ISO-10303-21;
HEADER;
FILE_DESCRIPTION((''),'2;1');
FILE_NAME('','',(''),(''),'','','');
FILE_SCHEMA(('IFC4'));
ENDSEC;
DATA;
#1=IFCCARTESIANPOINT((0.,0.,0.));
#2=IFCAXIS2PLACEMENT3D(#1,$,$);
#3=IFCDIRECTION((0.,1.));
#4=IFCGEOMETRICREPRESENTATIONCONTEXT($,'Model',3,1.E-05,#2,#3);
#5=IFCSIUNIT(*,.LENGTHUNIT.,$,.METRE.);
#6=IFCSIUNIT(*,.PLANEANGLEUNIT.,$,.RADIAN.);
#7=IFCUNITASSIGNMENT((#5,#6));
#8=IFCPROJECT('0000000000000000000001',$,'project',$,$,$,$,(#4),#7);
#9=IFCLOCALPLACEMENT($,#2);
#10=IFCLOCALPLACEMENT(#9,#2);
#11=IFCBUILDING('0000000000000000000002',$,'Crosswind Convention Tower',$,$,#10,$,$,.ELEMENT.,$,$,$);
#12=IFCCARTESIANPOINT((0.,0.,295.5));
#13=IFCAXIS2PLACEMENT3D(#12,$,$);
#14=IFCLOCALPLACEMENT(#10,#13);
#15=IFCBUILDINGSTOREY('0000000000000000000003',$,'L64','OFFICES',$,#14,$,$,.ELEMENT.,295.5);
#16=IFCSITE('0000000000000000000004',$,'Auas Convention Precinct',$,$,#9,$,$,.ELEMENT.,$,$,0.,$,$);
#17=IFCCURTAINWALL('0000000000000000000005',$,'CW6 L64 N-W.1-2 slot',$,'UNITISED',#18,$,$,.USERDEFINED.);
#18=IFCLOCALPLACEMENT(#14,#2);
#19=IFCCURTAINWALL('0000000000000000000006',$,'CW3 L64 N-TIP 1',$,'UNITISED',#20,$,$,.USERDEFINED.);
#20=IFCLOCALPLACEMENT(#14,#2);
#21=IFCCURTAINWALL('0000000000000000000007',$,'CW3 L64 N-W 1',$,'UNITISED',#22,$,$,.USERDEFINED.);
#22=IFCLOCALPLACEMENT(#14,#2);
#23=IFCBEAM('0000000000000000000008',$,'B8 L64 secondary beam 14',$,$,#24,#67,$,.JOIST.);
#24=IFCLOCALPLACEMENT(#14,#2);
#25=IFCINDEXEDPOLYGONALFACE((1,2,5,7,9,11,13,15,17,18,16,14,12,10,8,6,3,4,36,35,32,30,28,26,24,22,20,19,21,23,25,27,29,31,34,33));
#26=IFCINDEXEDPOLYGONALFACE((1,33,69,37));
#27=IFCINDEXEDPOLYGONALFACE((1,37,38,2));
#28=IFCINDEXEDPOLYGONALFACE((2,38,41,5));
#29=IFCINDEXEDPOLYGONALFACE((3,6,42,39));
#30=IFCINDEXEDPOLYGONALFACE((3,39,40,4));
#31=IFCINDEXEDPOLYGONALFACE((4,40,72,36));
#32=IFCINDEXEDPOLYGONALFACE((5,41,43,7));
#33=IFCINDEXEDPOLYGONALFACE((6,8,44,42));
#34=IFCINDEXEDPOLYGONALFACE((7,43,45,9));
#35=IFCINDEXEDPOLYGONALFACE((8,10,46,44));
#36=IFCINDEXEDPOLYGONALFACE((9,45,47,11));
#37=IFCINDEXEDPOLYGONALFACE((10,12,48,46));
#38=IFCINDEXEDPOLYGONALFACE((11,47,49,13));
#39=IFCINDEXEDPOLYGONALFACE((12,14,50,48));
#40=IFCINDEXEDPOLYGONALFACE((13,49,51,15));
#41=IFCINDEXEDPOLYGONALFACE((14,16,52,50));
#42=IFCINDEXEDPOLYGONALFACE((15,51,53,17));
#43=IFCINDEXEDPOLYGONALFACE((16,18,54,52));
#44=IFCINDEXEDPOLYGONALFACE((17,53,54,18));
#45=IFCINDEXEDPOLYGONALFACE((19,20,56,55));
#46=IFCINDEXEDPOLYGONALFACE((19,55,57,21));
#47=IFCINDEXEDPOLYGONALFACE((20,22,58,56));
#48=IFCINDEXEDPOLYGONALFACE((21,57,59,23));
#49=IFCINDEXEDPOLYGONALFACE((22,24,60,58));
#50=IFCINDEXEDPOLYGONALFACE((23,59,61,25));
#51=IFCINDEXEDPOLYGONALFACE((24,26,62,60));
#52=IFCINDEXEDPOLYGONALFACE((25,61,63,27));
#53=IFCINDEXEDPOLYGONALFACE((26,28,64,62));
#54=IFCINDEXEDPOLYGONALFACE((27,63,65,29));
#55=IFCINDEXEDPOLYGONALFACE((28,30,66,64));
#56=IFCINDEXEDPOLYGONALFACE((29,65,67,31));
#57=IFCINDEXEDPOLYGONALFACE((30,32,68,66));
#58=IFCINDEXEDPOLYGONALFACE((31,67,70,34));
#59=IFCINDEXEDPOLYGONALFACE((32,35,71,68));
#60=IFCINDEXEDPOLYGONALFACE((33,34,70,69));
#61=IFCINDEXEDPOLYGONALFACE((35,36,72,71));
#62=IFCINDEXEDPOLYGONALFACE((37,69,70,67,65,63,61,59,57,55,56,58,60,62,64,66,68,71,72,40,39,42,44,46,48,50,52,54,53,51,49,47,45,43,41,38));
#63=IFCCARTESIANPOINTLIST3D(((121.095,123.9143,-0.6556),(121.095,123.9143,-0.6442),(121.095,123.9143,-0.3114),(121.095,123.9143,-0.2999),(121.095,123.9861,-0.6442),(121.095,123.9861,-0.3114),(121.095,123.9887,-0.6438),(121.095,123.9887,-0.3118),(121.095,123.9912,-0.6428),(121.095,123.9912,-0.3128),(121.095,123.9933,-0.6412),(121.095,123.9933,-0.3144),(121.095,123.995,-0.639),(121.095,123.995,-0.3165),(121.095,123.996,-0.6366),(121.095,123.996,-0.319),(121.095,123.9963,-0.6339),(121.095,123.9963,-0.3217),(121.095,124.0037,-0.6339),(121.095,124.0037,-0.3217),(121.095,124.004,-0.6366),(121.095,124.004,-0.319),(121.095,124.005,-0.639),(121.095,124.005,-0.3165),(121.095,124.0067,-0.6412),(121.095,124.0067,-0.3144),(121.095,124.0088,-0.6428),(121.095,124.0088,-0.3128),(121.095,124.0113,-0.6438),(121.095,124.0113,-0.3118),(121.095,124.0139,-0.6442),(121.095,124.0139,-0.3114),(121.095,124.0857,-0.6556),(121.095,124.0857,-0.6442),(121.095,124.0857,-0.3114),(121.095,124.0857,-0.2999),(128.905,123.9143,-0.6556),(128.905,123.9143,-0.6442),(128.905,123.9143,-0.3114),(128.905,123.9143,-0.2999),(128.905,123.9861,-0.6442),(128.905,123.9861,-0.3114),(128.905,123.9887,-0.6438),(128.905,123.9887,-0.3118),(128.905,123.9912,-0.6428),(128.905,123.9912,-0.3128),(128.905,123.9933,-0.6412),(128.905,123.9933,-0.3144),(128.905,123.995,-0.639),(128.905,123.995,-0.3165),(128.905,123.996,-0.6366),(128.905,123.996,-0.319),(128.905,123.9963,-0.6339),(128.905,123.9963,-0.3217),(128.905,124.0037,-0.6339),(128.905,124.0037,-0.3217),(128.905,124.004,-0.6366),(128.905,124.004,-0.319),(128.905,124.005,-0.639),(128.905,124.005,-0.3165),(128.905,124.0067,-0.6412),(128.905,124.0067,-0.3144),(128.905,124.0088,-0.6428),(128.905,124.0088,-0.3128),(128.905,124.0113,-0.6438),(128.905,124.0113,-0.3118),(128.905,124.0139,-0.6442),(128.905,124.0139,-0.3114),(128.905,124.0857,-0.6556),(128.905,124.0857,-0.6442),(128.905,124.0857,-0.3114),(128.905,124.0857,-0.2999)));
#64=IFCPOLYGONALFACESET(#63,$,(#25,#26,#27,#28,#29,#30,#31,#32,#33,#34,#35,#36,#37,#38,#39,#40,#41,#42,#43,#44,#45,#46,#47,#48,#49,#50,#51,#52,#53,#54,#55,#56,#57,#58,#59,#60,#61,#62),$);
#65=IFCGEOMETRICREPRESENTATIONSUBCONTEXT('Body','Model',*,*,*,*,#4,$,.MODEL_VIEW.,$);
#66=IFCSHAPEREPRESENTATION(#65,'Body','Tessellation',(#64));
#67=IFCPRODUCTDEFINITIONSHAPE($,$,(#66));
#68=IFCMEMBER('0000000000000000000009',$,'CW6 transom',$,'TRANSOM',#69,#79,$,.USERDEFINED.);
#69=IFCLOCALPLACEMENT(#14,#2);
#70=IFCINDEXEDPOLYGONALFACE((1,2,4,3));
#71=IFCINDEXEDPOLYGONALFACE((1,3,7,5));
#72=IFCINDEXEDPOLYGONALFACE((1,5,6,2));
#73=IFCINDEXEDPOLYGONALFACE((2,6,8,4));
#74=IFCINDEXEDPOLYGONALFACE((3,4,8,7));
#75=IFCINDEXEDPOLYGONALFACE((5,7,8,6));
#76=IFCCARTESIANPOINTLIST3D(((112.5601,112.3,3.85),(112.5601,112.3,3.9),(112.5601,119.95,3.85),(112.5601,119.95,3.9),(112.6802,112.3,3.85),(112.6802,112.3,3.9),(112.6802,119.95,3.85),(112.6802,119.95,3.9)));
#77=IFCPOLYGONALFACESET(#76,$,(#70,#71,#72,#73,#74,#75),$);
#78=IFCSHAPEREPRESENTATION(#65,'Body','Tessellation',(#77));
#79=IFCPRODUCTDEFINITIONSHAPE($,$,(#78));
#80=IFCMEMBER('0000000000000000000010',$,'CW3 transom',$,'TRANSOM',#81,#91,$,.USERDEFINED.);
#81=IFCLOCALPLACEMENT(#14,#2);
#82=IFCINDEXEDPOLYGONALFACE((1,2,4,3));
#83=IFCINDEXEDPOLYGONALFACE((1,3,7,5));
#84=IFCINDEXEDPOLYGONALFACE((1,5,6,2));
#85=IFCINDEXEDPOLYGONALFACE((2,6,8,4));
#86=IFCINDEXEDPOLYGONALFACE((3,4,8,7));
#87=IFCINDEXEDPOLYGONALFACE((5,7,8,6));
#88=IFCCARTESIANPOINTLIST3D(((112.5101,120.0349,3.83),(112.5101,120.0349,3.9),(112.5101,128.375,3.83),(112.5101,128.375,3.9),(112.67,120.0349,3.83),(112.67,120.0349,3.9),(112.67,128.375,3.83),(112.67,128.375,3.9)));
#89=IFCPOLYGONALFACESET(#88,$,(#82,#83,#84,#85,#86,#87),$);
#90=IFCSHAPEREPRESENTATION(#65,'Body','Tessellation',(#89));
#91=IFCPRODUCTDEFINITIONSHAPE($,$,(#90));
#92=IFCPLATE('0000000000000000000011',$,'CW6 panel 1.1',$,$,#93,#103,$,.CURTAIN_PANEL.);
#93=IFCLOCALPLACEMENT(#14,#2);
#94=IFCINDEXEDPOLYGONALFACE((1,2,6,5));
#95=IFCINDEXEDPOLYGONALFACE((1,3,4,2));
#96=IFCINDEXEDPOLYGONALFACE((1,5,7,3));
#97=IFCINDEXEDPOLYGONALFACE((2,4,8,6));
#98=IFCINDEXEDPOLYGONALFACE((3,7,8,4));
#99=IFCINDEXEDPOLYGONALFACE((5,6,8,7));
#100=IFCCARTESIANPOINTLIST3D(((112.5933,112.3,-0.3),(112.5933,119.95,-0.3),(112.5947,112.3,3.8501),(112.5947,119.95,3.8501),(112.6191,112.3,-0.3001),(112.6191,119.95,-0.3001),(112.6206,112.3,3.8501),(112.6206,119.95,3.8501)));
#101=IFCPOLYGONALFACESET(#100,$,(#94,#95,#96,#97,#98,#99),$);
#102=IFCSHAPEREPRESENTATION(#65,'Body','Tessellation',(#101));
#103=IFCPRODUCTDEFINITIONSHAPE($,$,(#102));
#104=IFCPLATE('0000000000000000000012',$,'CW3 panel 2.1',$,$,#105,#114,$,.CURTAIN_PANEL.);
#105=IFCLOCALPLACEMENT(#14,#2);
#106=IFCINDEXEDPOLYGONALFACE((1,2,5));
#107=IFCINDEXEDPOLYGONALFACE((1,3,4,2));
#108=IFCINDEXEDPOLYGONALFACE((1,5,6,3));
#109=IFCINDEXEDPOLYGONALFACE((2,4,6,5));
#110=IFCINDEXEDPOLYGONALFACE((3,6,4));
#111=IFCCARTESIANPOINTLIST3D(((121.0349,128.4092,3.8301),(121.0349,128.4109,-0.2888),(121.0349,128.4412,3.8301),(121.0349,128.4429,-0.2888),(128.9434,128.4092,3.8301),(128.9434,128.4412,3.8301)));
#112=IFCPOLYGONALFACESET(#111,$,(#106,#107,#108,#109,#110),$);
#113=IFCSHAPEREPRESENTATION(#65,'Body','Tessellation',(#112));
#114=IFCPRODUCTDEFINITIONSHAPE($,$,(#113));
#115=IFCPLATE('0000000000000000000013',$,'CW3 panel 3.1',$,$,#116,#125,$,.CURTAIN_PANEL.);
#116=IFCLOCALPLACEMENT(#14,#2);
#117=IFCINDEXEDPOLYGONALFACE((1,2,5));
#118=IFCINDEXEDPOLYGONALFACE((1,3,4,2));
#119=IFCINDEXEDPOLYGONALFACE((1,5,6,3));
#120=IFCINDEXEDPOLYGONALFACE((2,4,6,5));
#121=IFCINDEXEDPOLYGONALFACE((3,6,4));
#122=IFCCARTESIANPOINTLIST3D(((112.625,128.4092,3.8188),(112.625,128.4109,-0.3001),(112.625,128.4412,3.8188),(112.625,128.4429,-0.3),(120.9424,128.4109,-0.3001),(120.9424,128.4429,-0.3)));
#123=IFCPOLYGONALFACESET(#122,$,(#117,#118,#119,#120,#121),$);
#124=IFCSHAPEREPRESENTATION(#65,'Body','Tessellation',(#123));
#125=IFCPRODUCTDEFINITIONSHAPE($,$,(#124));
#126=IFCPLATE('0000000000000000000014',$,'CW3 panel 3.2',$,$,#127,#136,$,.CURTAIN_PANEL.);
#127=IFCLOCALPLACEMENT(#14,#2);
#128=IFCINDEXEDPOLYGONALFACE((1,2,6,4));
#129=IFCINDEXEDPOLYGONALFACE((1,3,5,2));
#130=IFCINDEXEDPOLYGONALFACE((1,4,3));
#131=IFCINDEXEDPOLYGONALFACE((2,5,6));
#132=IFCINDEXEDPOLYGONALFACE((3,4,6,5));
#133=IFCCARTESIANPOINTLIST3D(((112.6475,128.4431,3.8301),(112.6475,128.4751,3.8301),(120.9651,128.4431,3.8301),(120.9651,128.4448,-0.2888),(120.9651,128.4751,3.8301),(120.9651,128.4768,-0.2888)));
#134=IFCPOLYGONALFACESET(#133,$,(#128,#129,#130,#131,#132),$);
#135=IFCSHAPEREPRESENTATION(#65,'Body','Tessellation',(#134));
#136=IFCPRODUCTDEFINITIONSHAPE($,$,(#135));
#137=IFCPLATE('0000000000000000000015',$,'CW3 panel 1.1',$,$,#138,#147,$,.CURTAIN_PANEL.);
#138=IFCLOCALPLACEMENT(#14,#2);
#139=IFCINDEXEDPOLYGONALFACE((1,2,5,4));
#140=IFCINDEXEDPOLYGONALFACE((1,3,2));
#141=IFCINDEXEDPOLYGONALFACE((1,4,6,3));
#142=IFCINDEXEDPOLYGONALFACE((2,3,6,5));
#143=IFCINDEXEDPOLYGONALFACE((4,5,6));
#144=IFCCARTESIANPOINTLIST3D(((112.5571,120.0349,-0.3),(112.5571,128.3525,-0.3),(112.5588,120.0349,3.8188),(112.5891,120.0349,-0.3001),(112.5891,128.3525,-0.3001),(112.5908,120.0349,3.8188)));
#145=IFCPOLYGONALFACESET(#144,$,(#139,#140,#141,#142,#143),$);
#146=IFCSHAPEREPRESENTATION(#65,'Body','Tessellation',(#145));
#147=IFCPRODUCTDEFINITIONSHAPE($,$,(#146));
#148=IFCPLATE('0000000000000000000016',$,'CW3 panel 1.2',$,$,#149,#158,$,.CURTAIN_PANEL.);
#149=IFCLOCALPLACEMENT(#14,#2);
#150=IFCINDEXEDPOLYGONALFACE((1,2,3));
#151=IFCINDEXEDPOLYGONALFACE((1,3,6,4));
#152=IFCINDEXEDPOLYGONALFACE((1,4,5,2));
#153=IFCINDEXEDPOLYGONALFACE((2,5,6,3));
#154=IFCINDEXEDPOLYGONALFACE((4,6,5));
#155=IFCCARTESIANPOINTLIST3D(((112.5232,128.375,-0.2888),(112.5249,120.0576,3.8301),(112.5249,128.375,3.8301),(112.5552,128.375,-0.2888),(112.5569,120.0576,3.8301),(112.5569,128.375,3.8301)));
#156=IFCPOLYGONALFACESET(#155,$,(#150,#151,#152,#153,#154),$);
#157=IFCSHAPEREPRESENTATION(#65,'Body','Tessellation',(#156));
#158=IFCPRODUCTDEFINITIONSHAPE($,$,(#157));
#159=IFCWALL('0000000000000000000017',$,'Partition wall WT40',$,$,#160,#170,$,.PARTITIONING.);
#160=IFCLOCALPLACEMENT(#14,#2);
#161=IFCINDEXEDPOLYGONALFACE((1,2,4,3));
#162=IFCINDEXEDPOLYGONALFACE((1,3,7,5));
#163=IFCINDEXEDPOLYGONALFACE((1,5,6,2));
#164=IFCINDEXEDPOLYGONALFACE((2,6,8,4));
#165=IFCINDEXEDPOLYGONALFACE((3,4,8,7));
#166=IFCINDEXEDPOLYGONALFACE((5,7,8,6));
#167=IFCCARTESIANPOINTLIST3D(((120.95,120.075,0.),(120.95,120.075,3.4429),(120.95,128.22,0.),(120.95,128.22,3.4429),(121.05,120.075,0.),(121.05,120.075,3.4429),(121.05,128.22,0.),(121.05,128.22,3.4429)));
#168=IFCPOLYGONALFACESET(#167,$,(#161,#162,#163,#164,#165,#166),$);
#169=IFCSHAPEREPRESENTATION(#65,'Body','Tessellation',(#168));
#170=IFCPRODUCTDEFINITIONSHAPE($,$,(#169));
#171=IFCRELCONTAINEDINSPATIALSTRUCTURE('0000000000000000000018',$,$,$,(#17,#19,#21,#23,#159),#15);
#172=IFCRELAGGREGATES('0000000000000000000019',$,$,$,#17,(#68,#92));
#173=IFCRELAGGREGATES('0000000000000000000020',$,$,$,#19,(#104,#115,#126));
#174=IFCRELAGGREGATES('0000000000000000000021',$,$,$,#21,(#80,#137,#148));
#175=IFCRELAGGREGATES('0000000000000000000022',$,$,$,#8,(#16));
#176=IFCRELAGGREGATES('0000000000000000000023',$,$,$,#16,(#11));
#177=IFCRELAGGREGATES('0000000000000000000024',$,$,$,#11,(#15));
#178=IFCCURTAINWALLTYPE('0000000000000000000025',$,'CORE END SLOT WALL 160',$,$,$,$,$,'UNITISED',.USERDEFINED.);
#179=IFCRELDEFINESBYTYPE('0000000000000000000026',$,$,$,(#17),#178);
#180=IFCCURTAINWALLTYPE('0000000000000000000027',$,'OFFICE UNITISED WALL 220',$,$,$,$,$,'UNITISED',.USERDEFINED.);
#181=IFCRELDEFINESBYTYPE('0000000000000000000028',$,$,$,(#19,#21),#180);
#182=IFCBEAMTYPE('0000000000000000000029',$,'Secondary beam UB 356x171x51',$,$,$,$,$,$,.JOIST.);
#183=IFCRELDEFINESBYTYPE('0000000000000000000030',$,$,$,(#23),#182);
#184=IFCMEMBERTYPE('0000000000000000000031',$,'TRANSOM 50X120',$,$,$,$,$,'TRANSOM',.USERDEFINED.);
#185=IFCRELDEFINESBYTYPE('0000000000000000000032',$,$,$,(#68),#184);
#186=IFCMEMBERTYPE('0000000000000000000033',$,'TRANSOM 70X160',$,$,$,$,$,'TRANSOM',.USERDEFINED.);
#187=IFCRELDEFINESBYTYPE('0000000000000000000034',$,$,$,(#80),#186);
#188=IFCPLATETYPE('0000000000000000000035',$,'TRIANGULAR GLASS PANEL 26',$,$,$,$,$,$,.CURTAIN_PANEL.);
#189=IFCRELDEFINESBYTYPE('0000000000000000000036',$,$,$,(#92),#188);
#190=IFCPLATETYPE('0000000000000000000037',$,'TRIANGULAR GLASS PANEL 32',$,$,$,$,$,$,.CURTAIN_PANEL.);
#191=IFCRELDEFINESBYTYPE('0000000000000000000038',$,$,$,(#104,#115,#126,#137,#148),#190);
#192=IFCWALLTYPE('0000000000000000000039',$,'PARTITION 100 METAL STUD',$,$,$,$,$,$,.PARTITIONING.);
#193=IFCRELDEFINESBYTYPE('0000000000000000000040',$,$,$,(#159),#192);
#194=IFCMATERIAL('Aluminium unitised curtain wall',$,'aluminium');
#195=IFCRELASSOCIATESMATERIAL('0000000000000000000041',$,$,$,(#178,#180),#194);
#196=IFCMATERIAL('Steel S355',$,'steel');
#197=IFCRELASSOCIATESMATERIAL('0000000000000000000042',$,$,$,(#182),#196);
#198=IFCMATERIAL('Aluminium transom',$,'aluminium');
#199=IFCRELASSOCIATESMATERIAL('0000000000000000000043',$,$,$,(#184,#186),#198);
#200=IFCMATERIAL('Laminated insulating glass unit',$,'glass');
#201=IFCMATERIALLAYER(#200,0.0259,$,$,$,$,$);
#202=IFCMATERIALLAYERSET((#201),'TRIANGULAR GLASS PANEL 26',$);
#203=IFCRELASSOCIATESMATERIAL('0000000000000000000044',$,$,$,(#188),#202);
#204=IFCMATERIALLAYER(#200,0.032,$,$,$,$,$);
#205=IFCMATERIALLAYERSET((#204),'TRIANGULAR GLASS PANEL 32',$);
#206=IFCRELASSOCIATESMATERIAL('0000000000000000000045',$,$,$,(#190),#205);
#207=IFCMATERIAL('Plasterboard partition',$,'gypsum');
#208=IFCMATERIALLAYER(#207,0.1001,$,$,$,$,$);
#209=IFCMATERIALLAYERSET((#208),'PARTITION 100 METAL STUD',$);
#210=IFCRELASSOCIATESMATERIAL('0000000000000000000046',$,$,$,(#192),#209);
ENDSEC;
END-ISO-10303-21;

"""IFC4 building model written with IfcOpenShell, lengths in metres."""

from ifc_helpers import new_model, si_unit, direction, frame, frame_2d, origin, origin_2d, place, context, subcontext, project, spatial, polyline, rectangle, i_section, outline, extrude, material, layer, layer_set, material_profile, profile_set, type_object, element, aggregate, save


model = new_model("IFC4")

# Units and contexts
model_context = context("Model", 3, precision=1e-05, world=origin(), true_north=direction((0.0, 1.0)))
body_context = subcontext(model_context, "Body", "Model", "MODEL_VIEW")
ifc_project = project(units=[si_unit("LENGTHUNIT", "METRE"), si_unit("PLANEANGLEUNIT", "RADIAN")], contexts=[model_context])

# Site, building, storey
site_placement = place(None, origin())
site = spatial("IfcSite", under=ifc_project, at=site_placement, Name="Auas Convention Precinct", CompositionType="ELEMENT", RefElevation=0.0)
building_placement = place(site_placement, origin())
building = spatial("IfcBuilding", under=site, at=building_placement, Name="Crosswind Convention Tower", CompositionType="ELEMENT")
storey_placement = place(building_placement, frame((0.0, 0.0, 295.5)))
storey = spatial("IfcBuildingStorey", under=building, at=storey_placement, Name="L64", Description="OFFICES", CompositionType="ELEMENT", Elevation=295.5)

# Shared definitions
ifc_material_1 = material(Name="Steel S355", Category="steel")

# Curtain walls
ifc_material_2 = material(Name="Aluminium unitised curtain wall", Category="aluminium")
curtain_wall_type_1 = type_object("IfcCurtainWallType", Name="CORE END SLOT WALL 160", ElementType="UNITISED", PredefinedType="USERDEFINED", material=ifc_material_2)
curtain_wall_1_placement = place(storey_placement, origin())
curtain_wall_1 = element("IfcCurtainWall", 1, at=curtain_wall_1_placement, inside=storey, type_object=curtain_wall_type_1, Name="CW6 L64 N-W.1-2 slot", ObjectType="UNITISED", PredefinedType="USERDEFINED")
curtain_wall_type_2 = type_object("IfcCurtainWallType", Name="OFFICE UNITISED WALL 220", ElementType="UNITISED", PredefinedType="USERDEFINED", material=ifc_material_2)
curtain_wall_2_placement = place(storey_placement, origin())
curtain_wall_2 = element("IfcCurtainWall", 2, at=curtain_wall_2_placement, inside=storey, type_object=curtain_wall_type_2, Name="CW3 L64 N-TIP 1", ObjectType="UNITISED", PredefinedType="USERDEFINED")

# Curtain wall
curtain_wall_3_placement = place(storey_placement, origin())
curtain_wall_3 = element("IfcCurtainWall", 3, at=curtain_wall_3_placement, inside=storey, type_object=curtain_wall_type_2, Name="CW3 L64 N-W 1", ObjectType="UNITISED", PredefinedType="USERDEFINED")

# Beam
ifc_material_profile_1 = material_profile(ifc_material_1, i_section(OverallWidth=0.1714, OverallDepth=0.3557, WebThickness=0.0073, FlangeThickness=0.0115, FilletRadius=0.0103, at=origin_2d()), Name="UB 356x171x51")
ifc_profile_set_1 = profile_set([ifc_material_profile_1], Name="Steel S355")
beam_type_1 = type_object("IfcBeamType", Name="Secondary beam UB 356x171x51", PredefinedType="JOIST", material=ifc_profile_set_1)
for number, where, z_axis, x_axis, name in (
    (4, (121.095, 124.0, -0.4778), (1.0, 0.0, 0.0), (0.0, 1.0, 0.0), "B8 L64 secondary beam 14"),
):
    element("IfcBeam", number, at=place(storey_placement, frame(where, z_axis=z_axis, x_axis=x_axis)), inside=storey, type_object=beam_type_1, Name=name, PredefinedType="JOIST", context=body_context, shape_type="SweptSolid", body=[
        extrude(i_section(OverallWidth=0.1714, OverallDepth=0.3557, WebThickness=0.0073, FlangeThickness=0.0115, FilletRadius=0.0103, at=origin_2d()), origin(), (0.0, 0.0, 1.0), 7.8101),
    ])

# Members
ifc_material_3 = material(Name="Aluminium transom", Category="aluminium")
ifc_material_profile_2 = material_profile(ifc_material_3, rectangle(XDim=0.1201, YDim=0.05, at=origin_2d()), Name="AL 120X50")
ifc_profile_set_2 = profile_set([ifc_material_profile_2], Name="Aluminium transom")
member_type_1 = type_object("IfcMemberType", Name="TRANSOM 50X120", ElementType="TRANSOM", PredefinedType="USERDEFINED", material=ifc_profile_set_2)
member_1_placement = place(storey_placement, frame((112.6201, 119.95, 3.875), z_axis=(0.0, -1.0, 0.0), x_axis=(1.0, 0.0, 0.0)))
member_1 = element("IfcMember", 5, at=member_1_placement, type_object=member_type_1, Name="CW6 transom", ObjectType="TRANSOM", PredefinedType="USERDEFINED", context=body_context, shape_type="SweptSolid", body=[
    extrude(rectangle(XDim=0.1201, YDim=0.05, at=origin_2d()), origin(), (0.0, 0.0, 1.0), 7.6499),
])
ifc_material_profile_3 = material_profile(ifc_material_3, rectangle(XDim=0.1599, YDim=0.0701, at=origin_2d()), Name="AL 160X70")
ifc_profile_set_3 = profile_set([ifc_material_profile_3], Name="Aluminium transom")
member_type_2 = type_object("IfcMemberType", Name="TRANSOM 70X160", ElementType="TRANSOM", PredefinedType="USERDEFINED", material=ifc_profile_set_3)
member_2_placement = place(storey_placement, frame((112.5901, 128.375, 3.865), z_axis=(0.0, -1.0, 0.0), x_axis=(1.0, 0.0, 0.0)))
member_2 = element("IfcMember", 6, at=member_2_placement, type_object=member_type_2, Name="CW3 transom", ObjectType="TRANSOM", PredefinedType="USERDEFINED", context=body_context, shape_type="SweptSolid", body=[
    extrude(rectangle(XDim=0.1599, YDim=0.0701, at=origin_2d()), origin(), (0.0, 0.0, 1.0), 8.3401),
])

# Plates
ifc_material_4 = material(Name="Laminated insulating glass unit", Category="glass")
ifc_layer_1 = layer(ifc_material_4, 0.0259)
ifc_layer_set_1 = layer_set([ifc_layer_1], Name="TRIANGULAR GLASS PANEL 26")
plate_type_1 = type_object("IfcPlateType", Name="TRIANGULAR GLASS PANEL 26", PredefinedType="CURTAIN_PANEL", material=ifc_layer_set_1)
plate_1_placement = place(storey_placement, frame((112.5933, 119.95, -0.3), z_axis=(-1.0, 0.0, 0.000353), x_axis=(0.0, -1.0, 0.0)))
plate_1 = element("IfcPlate", 7, at=plate_1_placement, type_object=plate_type_1, Name="CW6 panel 1.1", PredefinedType="CURTAIN_PANEL", context=body_context, shape_type="SweptSolid", body=[
    extrude(outline(polyline([(0.0, 0.0), (7.6499, 0.0), (7.6499, 4.1501), (0.0, 4.1501), (0.0, 0.0)])), origin(), (0.0, 0.0, -1.0), 0.0259),
])
aggregate(curtain_wall_1, [member_1, plate_1])
ifc_layer_2 = layer(ifc_material_4, 0.032)
ifc_layer_set_2 = layer_set([ifc_layer_2], Name="TRIANGULAR GLASS PANEL 32")
plate_type_2 = type_object("IfcPlateType", Name="TRIANGULAR GLASS PANEL 32", PredefinedType="CURTAIN_PANEL", material=ifc_layer_set_2)
plate_2_placement = place(storey_placement, frame((121.0349, 128.4412, 3.8301), z_axis=(0.0, 1.0, 0.000415), x_axis=(1.0, 0.0, 0.0)))
plate_2 = element("IfcPlate", 8, at=plate_2_placement, type_object=plate_type_2, Name="CW3 panel 2.1", PredefinedType="CURTAIN_PANEL", context=body_context, shape_type="SweptSolid", body=[
    extrude(outline(polyline([(0.0, 0.0), (7.9084, 0.0), (0.0, 4.1189), (0.0, 0.0)])), origin(), (0.0, 0.0, -1.0), 0.032),
])
plate_3_placement = place(storey_placement, frame((112.625, 128.4429, -0.3), z_axis=(0.0, 1.0, 0.000415), x_axis=(0.0, -0.000415, 1.0)))
plate_3 = element("IfcPlate", 9, at=plate_3_placement, type_object=plate_type_2, Name="CW3 panel 3.1", PredefinedType="CURTAIN_PANEL", context=body_context, shape_type="SweptSolid", body=[
    extrude(outline(polyline([(0.0, 0.0), (4.1189, 0.0), (0.0, 8.3174), (0.0, 0.0)])), origin(), (0.0, 0.0, -1.0), 0.032),
])
plate_4_placement = place(storey_placement, frame((120.9651, 128.4751, 3.8301), z_axis=(0.0, 1.0, 0.000415), x_axis=(0.0, 0.000415, -1.0)))
plate_4 = element("IfcPlate", 10, at=plate_4_placement, type_object=plate_type_2, Name="CW3 panel 3.2", PredefinedType="CURTAIN_PANEL", context=body_context, shape_type="SweptSolid", body=[
    extrude(outline(polyline([(0.0, 0.0), (4.1189, 0.0), (0.0, 8.3176), (0.0, 0.0)])), origin(), (0.0, 0.0, -1.0), 0.032),
])
aggregate(curtain_wall_2, [plate_2, plate_3, plate_4])
plate_5_placement = place(storey_placement, frame((112.5571, 120.0349, -0.3), z_axis=(-1.0, 0.0, 0.000415), x_axis=(0.000415, 0.0, 1.0)))
plate_5 = element("IfcPlate", 11, at=plate_5_placement, type_object=plate_type_2, Name="CW3 panel 1.1", PredefinedType="CURTAIN_PANEL", context=body_context, shape_type="SweptSolid", body=[
    extrude(outline(polyline([(0.0, 0.0), (4.1189, 0.0), (0.0, 8.3176), (0.0, 0.0)])), origin(), (0.0, 0.0, -1.0), 0.032),
])
plate_6_placement = place(storey_placement, frame((112.5249, 128.375, 3.8301), z_axis=(-1.0, 0.0, 0.000415), x_axis=(-0.000415, 0.0, -1.0)))
plate_6 = element("IfcPlate", 12, at=plate_6_placement, type_object=plate_type_2, Name="CW3 panel 1.2", PredefinedType="CURTAIN_PANEL", context=body_context, shape_type="SweptSolid", body=[
    extrude(outline(polyline([(0.0, 0.0), (4.1189, 0.0), (0.0, 8.3174), (0.0, 0.0)])), origin(), (0.0, 0.0, -1.0), 0.032),
])

# Wall
ifc_material_5 = material(Name="Plasterboard partition", Category="gypsum")
ifc_layer_3 = layer(ifc_material_5, 0.1001)
ifc_layer_set_3 = layer_set([ifc_layer_3], Name="PARTITION 100 METAL STUD")
wall_type_1 = type_object("IfcWallType", Name="PARTITION 100 METAL STUD", PredefinedType="PARTITIONING", material=ifc_layer_set_3)
wall_1_placement = place(storey_placement, frame((121.0, 120.075, 0.0), z_axis=(0.0, 0.0, 1.0), x_axis=(0.0, 1.0, 0.0)))
element("IfcWall", 13, at=wall_1_placement, inside=storey, type_object=wall_type_1, Name="Partition wall WT40", PredefinedType="PARTITIONING", context=body_context, shape_type="SweptSolid", body=[
    extrude(rectangle(XDim=8.145, YDim=0.1001, at=frame_2d((4.0725, 0.0))), origin(), (0.0, 0.0, 1.0), 3.4429),
])

aggregate(curtain_wall_3, [member_2, plate_5, plate_6])

save(model, "model.ifc")
